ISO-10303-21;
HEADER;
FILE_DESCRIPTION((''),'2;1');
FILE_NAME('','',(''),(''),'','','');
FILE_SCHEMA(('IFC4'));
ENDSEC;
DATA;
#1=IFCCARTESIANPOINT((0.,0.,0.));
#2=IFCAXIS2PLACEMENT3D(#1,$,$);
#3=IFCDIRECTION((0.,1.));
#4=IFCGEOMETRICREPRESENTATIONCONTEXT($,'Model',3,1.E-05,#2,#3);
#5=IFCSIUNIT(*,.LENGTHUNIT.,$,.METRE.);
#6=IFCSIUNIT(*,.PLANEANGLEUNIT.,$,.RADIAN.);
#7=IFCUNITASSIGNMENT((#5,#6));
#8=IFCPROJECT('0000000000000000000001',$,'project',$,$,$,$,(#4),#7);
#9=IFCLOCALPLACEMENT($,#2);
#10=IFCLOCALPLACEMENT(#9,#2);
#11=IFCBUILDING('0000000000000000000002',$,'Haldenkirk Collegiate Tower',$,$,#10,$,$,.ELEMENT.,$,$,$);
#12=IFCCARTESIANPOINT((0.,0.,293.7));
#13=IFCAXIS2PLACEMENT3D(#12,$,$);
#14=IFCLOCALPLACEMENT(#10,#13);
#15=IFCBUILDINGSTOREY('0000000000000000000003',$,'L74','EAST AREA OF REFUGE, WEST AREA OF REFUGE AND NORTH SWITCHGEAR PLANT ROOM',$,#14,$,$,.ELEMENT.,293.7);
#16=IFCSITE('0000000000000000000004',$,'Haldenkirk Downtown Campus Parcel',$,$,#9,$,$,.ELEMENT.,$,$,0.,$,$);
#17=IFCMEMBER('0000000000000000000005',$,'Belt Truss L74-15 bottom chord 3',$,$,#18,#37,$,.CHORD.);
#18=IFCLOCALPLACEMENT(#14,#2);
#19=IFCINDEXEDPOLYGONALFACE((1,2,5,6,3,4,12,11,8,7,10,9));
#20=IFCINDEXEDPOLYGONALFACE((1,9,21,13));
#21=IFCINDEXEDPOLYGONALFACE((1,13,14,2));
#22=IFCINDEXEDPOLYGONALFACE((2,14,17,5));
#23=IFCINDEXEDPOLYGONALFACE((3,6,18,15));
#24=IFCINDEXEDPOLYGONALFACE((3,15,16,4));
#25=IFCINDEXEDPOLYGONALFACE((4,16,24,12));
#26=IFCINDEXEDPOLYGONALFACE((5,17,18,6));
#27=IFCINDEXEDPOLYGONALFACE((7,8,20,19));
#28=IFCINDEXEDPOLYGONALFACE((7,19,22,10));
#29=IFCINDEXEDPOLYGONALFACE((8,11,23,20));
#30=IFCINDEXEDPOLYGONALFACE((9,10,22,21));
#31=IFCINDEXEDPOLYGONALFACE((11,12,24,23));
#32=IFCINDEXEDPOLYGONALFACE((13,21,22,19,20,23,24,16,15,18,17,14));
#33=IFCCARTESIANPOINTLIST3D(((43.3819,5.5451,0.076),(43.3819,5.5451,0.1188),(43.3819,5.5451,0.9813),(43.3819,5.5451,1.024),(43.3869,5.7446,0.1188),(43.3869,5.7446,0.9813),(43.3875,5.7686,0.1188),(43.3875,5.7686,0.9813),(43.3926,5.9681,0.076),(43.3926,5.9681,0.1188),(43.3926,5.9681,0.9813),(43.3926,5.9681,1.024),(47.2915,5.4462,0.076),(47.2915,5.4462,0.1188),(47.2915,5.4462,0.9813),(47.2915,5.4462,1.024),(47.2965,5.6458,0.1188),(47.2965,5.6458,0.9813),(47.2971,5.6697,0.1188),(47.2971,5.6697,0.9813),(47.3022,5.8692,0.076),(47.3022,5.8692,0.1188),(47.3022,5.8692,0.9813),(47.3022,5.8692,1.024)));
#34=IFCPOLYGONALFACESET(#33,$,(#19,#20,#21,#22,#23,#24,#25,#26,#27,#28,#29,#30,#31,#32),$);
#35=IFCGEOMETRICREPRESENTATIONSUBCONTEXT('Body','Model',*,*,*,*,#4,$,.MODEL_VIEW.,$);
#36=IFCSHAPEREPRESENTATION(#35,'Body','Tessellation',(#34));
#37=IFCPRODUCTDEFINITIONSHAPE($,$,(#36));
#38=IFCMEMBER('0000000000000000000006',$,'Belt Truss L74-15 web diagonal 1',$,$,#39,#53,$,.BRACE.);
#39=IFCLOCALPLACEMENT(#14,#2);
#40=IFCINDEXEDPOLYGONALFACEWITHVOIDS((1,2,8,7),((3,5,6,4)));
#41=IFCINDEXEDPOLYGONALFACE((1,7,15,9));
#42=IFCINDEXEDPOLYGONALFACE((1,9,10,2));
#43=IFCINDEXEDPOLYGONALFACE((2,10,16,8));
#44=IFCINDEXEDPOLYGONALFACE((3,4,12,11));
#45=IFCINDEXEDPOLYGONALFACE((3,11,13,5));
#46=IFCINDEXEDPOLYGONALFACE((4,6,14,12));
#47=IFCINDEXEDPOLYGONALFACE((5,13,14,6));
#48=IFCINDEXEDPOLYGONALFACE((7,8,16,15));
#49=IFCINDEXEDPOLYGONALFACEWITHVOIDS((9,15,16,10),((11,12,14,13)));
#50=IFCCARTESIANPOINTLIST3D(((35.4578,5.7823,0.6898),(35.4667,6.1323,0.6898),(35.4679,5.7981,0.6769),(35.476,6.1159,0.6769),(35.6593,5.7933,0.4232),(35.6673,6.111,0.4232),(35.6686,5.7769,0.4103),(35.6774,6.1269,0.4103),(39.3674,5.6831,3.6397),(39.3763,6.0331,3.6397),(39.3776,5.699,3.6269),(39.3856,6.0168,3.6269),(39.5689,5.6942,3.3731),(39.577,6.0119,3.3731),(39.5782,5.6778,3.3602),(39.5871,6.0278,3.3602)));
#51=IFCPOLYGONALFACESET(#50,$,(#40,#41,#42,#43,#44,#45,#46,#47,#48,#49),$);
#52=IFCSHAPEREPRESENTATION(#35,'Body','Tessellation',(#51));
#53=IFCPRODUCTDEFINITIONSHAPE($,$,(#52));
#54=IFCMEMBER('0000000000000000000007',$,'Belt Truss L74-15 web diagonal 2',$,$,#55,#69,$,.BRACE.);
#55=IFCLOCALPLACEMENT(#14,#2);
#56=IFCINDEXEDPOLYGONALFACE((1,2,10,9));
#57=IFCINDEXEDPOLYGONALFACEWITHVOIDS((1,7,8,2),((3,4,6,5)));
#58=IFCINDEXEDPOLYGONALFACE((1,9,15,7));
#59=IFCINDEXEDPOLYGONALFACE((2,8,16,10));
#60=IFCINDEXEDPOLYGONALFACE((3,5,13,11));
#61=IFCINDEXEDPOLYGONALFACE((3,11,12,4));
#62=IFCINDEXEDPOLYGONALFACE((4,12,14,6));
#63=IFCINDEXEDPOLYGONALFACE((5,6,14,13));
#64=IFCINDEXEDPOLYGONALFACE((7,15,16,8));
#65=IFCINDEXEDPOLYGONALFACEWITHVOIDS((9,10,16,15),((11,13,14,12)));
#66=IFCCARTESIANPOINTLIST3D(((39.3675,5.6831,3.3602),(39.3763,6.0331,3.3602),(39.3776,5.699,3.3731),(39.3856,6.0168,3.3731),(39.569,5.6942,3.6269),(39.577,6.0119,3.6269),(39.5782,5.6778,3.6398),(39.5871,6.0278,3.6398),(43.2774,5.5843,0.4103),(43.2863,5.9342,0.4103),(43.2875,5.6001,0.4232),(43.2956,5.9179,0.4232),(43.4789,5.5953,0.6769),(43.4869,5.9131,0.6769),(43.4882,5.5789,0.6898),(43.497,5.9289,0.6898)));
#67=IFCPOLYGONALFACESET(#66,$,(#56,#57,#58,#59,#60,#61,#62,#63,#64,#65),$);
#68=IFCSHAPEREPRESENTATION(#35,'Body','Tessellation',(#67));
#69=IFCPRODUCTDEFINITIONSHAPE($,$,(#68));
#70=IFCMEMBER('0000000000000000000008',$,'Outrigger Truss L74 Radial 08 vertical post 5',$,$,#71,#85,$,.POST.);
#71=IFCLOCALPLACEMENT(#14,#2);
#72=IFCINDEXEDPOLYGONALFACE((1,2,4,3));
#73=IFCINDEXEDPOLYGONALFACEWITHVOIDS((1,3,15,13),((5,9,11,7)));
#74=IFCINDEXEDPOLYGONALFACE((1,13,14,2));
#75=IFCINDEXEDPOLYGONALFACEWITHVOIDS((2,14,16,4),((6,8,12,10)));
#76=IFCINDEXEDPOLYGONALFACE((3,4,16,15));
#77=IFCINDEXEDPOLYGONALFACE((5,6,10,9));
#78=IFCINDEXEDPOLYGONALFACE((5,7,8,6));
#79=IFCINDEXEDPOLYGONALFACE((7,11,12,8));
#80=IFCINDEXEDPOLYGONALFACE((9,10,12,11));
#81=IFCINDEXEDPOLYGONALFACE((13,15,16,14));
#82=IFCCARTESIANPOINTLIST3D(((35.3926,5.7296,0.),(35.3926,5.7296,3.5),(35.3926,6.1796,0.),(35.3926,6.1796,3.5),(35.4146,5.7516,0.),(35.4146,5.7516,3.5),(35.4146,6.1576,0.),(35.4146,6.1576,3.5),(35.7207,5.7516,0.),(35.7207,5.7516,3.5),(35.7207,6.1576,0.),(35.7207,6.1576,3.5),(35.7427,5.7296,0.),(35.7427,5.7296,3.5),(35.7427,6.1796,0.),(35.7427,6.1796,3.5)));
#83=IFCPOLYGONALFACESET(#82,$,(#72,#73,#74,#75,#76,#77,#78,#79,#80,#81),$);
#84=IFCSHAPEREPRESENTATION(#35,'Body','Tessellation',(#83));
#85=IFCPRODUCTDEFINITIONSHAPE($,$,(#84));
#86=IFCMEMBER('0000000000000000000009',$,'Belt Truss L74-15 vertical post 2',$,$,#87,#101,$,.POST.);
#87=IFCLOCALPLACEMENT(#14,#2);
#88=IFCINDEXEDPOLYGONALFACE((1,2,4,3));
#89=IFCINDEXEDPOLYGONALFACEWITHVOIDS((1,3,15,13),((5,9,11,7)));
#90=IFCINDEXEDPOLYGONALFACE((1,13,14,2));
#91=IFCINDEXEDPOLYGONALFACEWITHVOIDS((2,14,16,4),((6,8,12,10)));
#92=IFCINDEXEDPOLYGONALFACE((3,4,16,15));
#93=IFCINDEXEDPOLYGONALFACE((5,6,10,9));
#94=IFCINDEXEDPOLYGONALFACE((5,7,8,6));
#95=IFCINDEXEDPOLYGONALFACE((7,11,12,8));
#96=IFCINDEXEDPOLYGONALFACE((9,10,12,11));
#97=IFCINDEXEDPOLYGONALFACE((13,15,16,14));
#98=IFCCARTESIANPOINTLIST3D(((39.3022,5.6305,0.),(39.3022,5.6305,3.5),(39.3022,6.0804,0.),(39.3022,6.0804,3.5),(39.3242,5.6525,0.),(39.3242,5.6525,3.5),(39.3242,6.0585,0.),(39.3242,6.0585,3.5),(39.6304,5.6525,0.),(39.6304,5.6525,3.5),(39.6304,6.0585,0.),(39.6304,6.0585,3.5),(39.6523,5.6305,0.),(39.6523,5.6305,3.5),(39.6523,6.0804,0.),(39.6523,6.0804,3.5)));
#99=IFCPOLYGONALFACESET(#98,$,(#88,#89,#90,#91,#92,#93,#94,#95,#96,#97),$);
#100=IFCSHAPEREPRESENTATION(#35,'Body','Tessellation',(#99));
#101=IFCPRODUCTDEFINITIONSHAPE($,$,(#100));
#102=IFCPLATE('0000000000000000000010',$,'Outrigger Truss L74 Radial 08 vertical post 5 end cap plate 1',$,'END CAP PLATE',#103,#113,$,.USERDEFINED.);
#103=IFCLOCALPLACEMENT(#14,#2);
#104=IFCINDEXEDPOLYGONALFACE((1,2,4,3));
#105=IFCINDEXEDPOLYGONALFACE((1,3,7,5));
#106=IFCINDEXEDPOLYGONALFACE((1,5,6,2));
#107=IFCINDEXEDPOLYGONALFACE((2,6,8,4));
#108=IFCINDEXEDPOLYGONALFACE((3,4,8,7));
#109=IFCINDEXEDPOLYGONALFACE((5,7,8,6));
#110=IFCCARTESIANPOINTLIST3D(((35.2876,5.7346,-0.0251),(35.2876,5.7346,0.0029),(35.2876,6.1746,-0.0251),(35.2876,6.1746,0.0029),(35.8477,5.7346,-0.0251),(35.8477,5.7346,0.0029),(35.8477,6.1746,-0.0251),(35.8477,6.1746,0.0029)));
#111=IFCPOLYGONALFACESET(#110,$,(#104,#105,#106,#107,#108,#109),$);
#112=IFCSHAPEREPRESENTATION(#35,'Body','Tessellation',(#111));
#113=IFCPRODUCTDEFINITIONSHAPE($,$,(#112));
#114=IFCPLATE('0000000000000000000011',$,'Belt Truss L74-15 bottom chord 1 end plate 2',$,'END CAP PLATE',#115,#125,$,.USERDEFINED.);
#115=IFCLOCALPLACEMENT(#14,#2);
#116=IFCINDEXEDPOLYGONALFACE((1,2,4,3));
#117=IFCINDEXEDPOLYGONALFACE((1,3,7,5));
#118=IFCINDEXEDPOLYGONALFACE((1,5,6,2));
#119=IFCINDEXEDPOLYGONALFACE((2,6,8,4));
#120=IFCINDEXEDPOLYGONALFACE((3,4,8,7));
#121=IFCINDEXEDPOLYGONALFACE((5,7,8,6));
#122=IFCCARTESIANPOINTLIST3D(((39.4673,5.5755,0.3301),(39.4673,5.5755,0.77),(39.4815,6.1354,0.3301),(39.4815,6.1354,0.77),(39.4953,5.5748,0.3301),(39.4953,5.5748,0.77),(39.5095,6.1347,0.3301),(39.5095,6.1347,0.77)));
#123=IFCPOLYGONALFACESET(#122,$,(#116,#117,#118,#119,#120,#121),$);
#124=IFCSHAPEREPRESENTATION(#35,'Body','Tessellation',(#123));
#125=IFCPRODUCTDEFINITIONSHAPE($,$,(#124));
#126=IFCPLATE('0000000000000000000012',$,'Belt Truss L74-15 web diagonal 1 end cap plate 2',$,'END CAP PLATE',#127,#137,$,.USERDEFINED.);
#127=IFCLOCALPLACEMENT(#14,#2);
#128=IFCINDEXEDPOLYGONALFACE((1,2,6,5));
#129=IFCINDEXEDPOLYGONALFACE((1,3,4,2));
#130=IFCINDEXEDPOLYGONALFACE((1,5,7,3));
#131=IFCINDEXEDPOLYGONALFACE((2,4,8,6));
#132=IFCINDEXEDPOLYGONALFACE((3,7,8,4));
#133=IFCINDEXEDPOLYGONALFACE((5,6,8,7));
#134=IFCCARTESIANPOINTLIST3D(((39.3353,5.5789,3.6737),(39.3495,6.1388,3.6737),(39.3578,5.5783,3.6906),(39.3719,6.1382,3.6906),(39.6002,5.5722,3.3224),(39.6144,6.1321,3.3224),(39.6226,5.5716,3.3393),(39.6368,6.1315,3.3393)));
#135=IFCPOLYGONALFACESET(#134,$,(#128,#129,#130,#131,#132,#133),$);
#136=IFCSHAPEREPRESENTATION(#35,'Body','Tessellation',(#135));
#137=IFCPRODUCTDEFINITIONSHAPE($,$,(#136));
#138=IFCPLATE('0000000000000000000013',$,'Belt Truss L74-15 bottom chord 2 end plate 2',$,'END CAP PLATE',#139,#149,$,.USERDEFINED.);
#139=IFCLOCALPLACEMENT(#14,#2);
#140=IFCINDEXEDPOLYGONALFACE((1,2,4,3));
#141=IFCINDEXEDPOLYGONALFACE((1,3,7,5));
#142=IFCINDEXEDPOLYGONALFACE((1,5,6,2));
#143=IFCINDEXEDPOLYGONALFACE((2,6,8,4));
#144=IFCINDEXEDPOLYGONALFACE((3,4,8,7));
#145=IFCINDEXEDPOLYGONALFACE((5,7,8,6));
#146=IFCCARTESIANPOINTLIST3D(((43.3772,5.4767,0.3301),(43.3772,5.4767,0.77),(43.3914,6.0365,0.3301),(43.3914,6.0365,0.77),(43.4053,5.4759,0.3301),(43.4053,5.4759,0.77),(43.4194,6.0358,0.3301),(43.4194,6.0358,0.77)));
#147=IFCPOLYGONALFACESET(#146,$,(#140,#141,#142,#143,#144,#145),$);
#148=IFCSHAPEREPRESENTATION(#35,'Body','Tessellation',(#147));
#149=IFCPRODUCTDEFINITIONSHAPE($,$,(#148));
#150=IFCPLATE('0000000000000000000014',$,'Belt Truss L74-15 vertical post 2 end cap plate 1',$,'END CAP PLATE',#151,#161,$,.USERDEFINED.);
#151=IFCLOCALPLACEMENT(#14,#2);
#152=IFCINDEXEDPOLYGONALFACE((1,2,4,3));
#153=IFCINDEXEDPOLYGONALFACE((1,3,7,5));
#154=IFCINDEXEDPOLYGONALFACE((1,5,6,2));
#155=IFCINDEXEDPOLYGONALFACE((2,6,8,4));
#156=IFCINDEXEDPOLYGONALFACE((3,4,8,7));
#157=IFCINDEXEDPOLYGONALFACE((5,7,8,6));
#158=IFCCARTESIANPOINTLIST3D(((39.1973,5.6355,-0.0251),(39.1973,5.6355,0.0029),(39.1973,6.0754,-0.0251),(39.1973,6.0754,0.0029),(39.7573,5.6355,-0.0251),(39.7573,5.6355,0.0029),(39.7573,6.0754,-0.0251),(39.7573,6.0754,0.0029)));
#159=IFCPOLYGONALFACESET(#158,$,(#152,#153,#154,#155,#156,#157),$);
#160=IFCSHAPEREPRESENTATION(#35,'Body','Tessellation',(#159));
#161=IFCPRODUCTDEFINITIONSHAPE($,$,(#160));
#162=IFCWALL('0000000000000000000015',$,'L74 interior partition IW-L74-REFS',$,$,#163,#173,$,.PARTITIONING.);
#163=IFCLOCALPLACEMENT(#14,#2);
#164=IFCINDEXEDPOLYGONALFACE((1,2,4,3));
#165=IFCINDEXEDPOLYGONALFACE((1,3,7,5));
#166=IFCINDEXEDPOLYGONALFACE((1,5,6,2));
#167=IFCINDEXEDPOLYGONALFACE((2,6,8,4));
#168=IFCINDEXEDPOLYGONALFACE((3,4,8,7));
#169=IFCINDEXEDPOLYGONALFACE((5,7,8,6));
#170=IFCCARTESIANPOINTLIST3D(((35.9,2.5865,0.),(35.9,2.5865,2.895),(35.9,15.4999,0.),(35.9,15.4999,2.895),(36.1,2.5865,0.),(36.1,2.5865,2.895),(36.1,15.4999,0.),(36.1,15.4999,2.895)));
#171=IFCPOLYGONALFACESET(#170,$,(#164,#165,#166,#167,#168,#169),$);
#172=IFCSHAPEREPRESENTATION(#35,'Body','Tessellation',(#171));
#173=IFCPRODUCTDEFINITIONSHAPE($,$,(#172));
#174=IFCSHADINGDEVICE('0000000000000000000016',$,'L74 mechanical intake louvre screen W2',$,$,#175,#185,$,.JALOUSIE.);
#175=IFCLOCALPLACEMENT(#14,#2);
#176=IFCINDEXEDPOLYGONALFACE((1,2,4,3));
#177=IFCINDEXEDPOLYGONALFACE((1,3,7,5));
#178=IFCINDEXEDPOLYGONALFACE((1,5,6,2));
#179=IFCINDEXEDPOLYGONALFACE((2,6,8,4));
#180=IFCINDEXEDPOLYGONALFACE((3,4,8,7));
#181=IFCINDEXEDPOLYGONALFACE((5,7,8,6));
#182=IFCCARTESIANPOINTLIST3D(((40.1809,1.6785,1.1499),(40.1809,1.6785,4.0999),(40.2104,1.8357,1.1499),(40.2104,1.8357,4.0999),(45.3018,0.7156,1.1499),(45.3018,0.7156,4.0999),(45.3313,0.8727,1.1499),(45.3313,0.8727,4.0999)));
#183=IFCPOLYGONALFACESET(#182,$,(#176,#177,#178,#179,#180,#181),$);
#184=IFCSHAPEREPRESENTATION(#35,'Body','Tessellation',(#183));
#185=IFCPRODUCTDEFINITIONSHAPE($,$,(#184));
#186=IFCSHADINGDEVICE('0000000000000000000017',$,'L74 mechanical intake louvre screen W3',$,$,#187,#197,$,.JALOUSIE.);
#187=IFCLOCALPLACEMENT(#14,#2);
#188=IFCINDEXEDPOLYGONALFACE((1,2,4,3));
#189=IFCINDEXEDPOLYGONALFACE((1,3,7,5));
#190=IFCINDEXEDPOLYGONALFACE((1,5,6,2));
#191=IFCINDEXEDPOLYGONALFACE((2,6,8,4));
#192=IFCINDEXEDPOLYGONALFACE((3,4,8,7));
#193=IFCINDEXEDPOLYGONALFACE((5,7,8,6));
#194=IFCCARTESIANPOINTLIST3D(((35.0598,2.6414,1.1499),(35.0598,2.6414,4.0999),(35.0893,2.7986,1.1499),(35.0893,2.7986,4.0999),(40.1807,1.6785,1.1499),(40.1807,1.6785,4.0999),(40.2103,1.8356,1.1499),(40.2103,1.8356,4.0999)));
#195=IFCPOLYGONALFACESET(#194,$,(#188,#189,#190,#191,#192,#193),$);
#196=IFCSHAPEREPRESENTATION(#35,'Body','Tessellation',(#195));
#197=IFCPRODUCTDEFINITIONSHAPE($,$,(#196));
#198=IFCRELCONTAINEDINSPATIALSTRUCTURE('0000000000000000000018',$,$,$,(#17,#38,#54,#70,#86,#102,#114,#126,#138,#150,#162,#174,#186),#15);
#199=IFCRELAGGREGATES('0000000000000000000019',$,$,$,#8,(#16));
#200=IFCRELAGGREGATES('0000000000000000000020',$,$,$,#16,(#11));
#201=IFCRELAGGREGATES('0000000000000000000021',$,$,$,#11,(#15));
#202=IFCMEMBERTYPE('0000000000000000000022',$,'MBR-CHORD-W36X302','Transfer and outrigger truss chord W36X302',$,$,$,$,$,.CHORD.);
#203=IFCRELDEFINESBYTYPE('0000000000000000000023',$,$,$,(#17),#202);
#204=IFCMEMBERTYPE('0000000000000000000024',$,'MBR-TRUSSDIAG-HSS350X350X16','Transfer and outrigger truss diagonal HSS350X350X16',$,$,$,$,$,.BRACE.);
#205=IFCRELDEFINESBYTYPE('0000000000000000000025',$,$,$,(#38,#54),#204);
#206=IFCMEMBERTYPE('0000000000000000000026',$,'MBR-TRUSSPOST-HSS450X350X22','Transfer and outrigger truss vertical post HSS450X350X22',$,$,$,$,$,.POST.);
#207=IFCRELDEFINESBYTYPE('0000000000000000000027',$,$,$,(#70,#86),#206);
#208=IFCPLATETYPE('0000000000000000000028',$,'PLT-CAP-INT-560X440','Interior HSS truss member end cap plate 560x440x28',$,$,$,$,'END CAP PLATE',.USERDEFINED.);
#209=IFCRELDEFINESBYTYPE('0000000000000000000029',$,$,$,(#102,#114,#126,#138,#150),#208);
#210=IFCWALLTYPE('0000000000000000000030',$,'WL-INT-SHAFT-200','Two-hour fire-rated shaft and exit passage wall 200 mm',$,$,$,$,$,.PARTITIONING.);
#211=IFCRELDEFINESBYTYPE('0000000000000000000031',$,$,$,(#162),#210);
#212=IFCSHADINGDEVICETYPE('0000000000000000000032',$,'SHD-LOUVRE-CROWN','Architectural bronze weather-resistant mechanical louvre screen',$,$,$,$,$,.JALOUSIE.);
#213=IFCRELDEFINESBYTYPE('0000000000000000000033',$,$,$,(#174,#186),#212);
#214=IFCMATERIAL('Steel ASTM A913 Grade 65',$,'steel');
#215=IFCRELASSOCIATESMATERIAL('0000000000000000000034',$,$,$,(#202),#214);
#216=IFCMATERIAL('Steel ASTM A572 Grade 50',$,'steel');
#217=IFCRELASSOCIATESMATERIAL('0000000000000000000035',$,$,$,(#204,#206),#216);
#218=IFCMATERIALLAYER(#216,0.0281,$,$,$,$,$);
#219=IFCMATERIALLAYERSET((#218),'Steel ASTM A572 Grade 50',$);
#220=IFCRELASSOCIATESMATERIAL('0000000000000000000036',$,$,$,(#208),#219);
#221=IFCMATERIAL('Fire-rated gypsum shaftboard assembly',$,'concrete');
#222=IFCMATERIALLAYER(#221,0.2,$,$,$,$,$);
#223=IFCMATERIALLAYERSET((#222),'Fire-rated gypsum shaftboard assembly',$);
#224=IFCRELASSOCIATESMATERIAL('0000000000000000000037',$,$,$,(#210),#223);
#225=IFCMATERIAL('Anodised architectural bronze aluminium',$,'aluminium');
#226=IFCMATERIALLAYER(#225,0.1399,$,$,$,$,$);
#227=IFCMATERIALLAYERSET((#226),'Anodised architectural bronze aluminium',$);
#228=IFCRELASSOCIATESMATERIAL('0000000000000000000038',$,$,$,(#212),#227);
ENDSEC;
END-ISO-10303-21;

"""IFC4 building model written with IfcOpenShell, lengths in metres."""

from ifc_helpers import new_model, si_unit, direction, frame, frame_2d, origin, origin_2d, place, context, subcontext, project, spatial, rectangle, hollow_rectangle, i_section, extrude, source, transform, mapped, material, layer, layer_set, material_profile, profile_set, type_object, element, save


model = new_model("IFC4")

# Units and contexts
model_context = context("Model", 3, precision=1e-05, world=origin(), true_north=direction((0.0, 1.0)))
body_context = subcontext(model_context, "Body", "Model", "MODEL_VIEW")
ifc_project = project(units=[si_unit("LENGTHUNIT", "METRE"), si_unit("PLANEANGLEUNIT", "RADIAN")], contexts=[model_context])

# Site, building, storey
site_placement = place(None, origin())
site = spatial("IfcSite", under=ifc_project, at=site_placement, Name="Haldenkirk Downtown Campus Parcel", CompositionType="ELEMENT", RefElevation=0.0)
building_placement = place(site_placement, origin())
building = spatial("IfcBuilding", under=site, at=building_placement, Name="Haldenkirk Collegiate Tower", CompositionType="ELEMENT")
storey_placement = place(building_placement, frame((0.0, 0.0, 293.7)))
storey = spatial("IfcBuildingStorey", under=building, at=storey_placement, Name="L74", Description="EAST AREA OF REFUGE, WEST AREA OF REFUGE AND NORTH SWITCHGEAR PLANT ROOM", CompositionType="ELEMENT", Elevation=293.7)

# Shared definitions
ifc_material_1 = material(Name="Steel ASTM A913 Grade 65", Category="steel")

# Members
ifc_material_2 = material(Name="Steel ASTM A572 Grade 50", Category="steel")
ifc_material_profile_1 = material_profile(ifc_material_1, i_section(OverallWidth=0.4231, OverallDepth=0.948, WebThickness=0.0239, FlangeThickness=0.0427, at=origin_2d()), Name="W36X302")
ifc_profile_set_1 = profile_set([ifc_material_profile_1], Name="Steel ASTM A913 Grade 65")
member_type_1 = type_object("IfcMemberType", Name="MBR-CHORD-W36X302", Description="Transfer and outrigger truss chord W36X302", PredefinedType="CHORD", material=ifc_profile_set_1)
member_1_placement = place(storey_placement, frame((43.3872, 5.7566, 0.55), z_axis=(0.99968, -0.025282, 0.0), x_axis=(0.025282, 0.99968, 0.0)))
element("IfcMember", 1, at=member_1_placement, inside=storey, type_object=member_type_1, Name="Belt Truss L74-15 bottom chord 3", PredefinedType="CHORD", context=body_context, shape_type="SweptSolid", body=[
    extrude(i_section(OverallWidth=0.4231, OverallDepth=0.948, WebThickness=0.0239, FlangeThickness=0.0427, at=origin_2d()), origin(), (0.0, 0.0, 1.0), 3.9109),
])
ifc_material_profile_2 = material_profile(ifc_material_2, hollow_rectangle(XDim=0.3501, YDim=0.3501, WallThickness=0.0161, at=origin_2d()), Name="HSS350X350X16")
ifc_profile_set_2 = profile_set([ifc_material_profile_2], Name="Steel ASTM A572 Grade 50")
member_type_2 = type_object("IfcMemberType", Name="MBR-TRUSSDIAG-HSS350X350X16", Description="Transfer and outrigger truss diagonal HSS350X350X16", PredefinedType="BRACE", material=ifc_profile_set_2)
member_2_placement = place(storey_placement, frame((35.5676, 5.9546, 0.55), z_axis=(0.798099, -0.020234, 0.602187), x_axis=(0.025345, 0.999679, 0.0)))
element("IfcMember", 2, at=member_2_placement, inside=storey, type_object=member_type_2, Name="Belt Truss L74-15 web diagonal 1", PredefinedType="BRACE", context=body_context, shape_type="SweptSolid", body=[
    extrude(hollow_rectangle(XDim=0.3501, YDim=0.3501, WallThickness=0.0161, at=origin_2d()), origin(), (0.0, 0.0, 1.0), 4.8987),
])
member_3_placement = place(storey_placement, frame((39.4773, 5.8555, 3.5), z_axis=(0.798117, -0.020183, -0.602164), x_axis=(0.025281, 0.99968, 0.0)))
element("IfcMember", 3, at=member_3_placement, inside=storey, type_object=member_type_2, Name="Belt Truss L74-15 web diagonal 2", PredefinedType="BRACE", context=body_context, shape_type="SweptSolid", body=[
    extrude(hollow_rectangle(XDim=0.3501, YDim=0.3501, WallThickness=0.0161, at=origin_2d()), origin(), (0.0, 0.0, 1.0), 4.8989),
])
ifc_material_profile_3 = material_profile(ifc_material_2, hollow_rectangle(XDim=0.3501, YDim=0.45, WallThickness=0.022, at=origin_2d()), Name="HSS450X350X22")
ifc_profile_set_3 = profile_set([ifc_material_profile_3], Name="Steel ASTM A572 Grade 50")
member_type_3 = type_object("IfcMemberType", Name="MBR-TRUSSPOST-HSS450X350X22", Description="Transfer and outrigger truss vertical post HSS450X350X22", PredefinedType="POST", material=ifc_profile_set_3)
for number, where, z_axis, x_axis, name in (
    (4, (35.5676, 5.9546, 0.0), (0.0, 0.0, 1.0), (1.0, 0.0, 0.0), "Outrigger Truss L74 Radial 08 vertical post 5"),
    (5, (39.4773, 5.8555, 0.0), (0.0, 0.0, 1.0), (1.0, 0.0, 0.0), "Belt Truss L74-15 vertical post 2"),
):
    element("IfcMember", number, at=place(storey_placement, frame(where, z_axis=z_axis, x_axis=x_axis)), inside=storey, type_object=member_type_3, Name=name, PredefinedType="POST", context=body_context, shape_type="SweptSolid", body=[
        extrude(hollow_rectangle(XDim=0.3501, YDim=0.45, WallThickness=0.022, at=origin_2d()), origin(), (0.0, 0.0, 1.0), 3.5),
    ])

# Plates
ifc_layer_1 = layer(ifc_material_2, 0.0281)
ifc_layer_set_1 = layer_set([ifc_layer_1], Name="Steel ASTM A572 Grade 50")
plate_type = type_object("IfcPlateType", Name="PLT-CAP-INT-560X440", Description="Interior HSS truss member end cap plate 560x440x28", ElementType="END CAP PLATE", PredefinedType="USERDEFINED", material=ifc_layer_set_1)
shared_shape_1 = source(origin(), body_context, "Body", "SweptSolid", [
    extrude(rectangle(XDim=0.5601, YDim=0.4399, at=origin_2d()), origin(), (0.0, 0.0, 1.0), 0.0281),
])
for number, where, z_axis, x_axis, name in (
    (6, (35.5676, 5.9546, 0.0029), (0.0, 0.0, -1.0), (1.0, 0.0, 0.0), "Outrigger Truss L74 Radial 08 vertical post 5 end cap plate 1"),
    (7, (39.4744, 5.8555, 0.55), (0.99968, -0.025305, 0.0), (0.025305, 0.99968, 0.0), "Belt Truss L74-15 bottom chord 1 end plate 2"),
    (8, (39.4749, 5.8555, 3.498), (0.798104, -0.020209, 0.602181), (0.025313, 0.99968, 0.0), "Belt Truss L74-15 web diagonal 1 end cap plate 2"),
    (9, (43.3843, 5.7566, 0.55), (0.99968, -0.025305, 0.0), (0.025305, 0.99968, 0.0), "Belt Truss L74-15 bottom chord 2 end plate 2"),
    (10, (39.4773, 5.8555, 0.0029), (0.0, 0.0, -1.0), (1.0, 0.0, 0.0), "Belt Truss L74-15 vertical post 2 end cap plate 1"),
):
    element("IfcPlate", number, at=place(storey_placement, frame(where, z_axis=z_axis, x_axis=x_axis)), inside=storey, type_object=plate_type, Name=name, ObjectType="END CAP PLATE", PredefinedType="USERDEFINED", context=body_context, shape_type="MappedRepresentation", body=[
        mapped(shared_shape_1, transform((0.0, 0.0, 0.0), x_axis=(1.0, 0.0, 0.0), y_axis=(0.0, 1.0, 0.0), z_axis=(0.0, 0.0, 1.0), scale=1.0)),
    ])

# Wall
ifc_material_3 = material(Name="Fire-rated gypsum shaftboard assembly", Category="concrete")
ifc_layer_2 = layer(ifc_material_3, 0.2)
ifc_layer_set_2 = layer_set([ifc_layer_2], Name="Fire-rated gypsum shaftboard assembly")
wall_type = type_object("IfcWallType", Name="WL-INT-SHAFT-200", Description="Two-hour fire-rated shaft and exit passage wall 200 mm", PredefinedType="PARTITIONING", material=ifc_layer_set_2)
wall_placement = place(storey_placement, frame((36.0, 2.5867, 0.0), z_axis=(0.0, 0.0, 1.0), x_axis=(0.0, 1.0, 0.0)))
element("IfcWall", 11, at=wall_placement, inside=storey, type_object=wall_type, Name="L74 interior partition IW-L74-REFS", PredefinedType="PARTITIONING", context=body_context, shape_type="SweptSolid", body=[
    extrude(rectangle(XDim=12.9133, YDim=0.2, at=frame_2d((6.4565, 0.0))), origin(), (0.0, 0.0, 1.0), 2.895),
])

# Shading devices
ifc_material_4 = material(Name="Anodised architectural bronze aluminium", Category="aluminium")
ifc_layer_3 = layer(ifc_material_4, 0.1399)
ifc_layer_set_3 = layer_set([ifc_layer_3], Name="Anodised architectural bronze aluminium")
shading_device_type = type_object("IfcShadingDeviceType", Name="SHD-LOUVRE-CROWN", Description="Architectural bronze weather-resistant mechanical louvre screen", PredefinedType="JALOUSIE", material=ifc_layer_set_3)
shared_shape_2 = source(origin(), body_context, "Body", "SweptSolid", [
    extrude(rectangle(XDim=5.2107, YDim=0.1599, at=origin_2d()), origin(), (0.0, 0.0, 1.0), 2.95),
])
for number, where, z_axis, x_axis, name in (
    (12, (42.7561, 1.2756, 1.1499), (0.0, 0.0, 1.0), (-0.982774, 0.184809, 0.0), "L74 mechanical intake louvre screen W2"),
    (13, (37.635, 2.2385, 1.1499), (0.0, 0.0, 1.0), (-0.982774, 0.184809, 0.0), "L74 mechanical intake louvre screen W3"),
):
    element("IfcShadingDevice", number, at=place(storey_placement, frame(where, z_axis=z_axis, x_axis=x_axis)), inside=storey, type_object=shading_device_type, Name=name, PredefinedType="JALOUSIE", context=body_context, shape_type="MappedRepresentation", body=[
        mapped(shared_shape_2, transform((0.0, 0.0, 0.0), x_axis=(1.0, 0.0, 0.0), y_axis=(0.0, 1.0, 0.0), z_axis=(0.0, 0.0, 1.0), scale=1.0)),
    ])

save(model, "model.ifc")
